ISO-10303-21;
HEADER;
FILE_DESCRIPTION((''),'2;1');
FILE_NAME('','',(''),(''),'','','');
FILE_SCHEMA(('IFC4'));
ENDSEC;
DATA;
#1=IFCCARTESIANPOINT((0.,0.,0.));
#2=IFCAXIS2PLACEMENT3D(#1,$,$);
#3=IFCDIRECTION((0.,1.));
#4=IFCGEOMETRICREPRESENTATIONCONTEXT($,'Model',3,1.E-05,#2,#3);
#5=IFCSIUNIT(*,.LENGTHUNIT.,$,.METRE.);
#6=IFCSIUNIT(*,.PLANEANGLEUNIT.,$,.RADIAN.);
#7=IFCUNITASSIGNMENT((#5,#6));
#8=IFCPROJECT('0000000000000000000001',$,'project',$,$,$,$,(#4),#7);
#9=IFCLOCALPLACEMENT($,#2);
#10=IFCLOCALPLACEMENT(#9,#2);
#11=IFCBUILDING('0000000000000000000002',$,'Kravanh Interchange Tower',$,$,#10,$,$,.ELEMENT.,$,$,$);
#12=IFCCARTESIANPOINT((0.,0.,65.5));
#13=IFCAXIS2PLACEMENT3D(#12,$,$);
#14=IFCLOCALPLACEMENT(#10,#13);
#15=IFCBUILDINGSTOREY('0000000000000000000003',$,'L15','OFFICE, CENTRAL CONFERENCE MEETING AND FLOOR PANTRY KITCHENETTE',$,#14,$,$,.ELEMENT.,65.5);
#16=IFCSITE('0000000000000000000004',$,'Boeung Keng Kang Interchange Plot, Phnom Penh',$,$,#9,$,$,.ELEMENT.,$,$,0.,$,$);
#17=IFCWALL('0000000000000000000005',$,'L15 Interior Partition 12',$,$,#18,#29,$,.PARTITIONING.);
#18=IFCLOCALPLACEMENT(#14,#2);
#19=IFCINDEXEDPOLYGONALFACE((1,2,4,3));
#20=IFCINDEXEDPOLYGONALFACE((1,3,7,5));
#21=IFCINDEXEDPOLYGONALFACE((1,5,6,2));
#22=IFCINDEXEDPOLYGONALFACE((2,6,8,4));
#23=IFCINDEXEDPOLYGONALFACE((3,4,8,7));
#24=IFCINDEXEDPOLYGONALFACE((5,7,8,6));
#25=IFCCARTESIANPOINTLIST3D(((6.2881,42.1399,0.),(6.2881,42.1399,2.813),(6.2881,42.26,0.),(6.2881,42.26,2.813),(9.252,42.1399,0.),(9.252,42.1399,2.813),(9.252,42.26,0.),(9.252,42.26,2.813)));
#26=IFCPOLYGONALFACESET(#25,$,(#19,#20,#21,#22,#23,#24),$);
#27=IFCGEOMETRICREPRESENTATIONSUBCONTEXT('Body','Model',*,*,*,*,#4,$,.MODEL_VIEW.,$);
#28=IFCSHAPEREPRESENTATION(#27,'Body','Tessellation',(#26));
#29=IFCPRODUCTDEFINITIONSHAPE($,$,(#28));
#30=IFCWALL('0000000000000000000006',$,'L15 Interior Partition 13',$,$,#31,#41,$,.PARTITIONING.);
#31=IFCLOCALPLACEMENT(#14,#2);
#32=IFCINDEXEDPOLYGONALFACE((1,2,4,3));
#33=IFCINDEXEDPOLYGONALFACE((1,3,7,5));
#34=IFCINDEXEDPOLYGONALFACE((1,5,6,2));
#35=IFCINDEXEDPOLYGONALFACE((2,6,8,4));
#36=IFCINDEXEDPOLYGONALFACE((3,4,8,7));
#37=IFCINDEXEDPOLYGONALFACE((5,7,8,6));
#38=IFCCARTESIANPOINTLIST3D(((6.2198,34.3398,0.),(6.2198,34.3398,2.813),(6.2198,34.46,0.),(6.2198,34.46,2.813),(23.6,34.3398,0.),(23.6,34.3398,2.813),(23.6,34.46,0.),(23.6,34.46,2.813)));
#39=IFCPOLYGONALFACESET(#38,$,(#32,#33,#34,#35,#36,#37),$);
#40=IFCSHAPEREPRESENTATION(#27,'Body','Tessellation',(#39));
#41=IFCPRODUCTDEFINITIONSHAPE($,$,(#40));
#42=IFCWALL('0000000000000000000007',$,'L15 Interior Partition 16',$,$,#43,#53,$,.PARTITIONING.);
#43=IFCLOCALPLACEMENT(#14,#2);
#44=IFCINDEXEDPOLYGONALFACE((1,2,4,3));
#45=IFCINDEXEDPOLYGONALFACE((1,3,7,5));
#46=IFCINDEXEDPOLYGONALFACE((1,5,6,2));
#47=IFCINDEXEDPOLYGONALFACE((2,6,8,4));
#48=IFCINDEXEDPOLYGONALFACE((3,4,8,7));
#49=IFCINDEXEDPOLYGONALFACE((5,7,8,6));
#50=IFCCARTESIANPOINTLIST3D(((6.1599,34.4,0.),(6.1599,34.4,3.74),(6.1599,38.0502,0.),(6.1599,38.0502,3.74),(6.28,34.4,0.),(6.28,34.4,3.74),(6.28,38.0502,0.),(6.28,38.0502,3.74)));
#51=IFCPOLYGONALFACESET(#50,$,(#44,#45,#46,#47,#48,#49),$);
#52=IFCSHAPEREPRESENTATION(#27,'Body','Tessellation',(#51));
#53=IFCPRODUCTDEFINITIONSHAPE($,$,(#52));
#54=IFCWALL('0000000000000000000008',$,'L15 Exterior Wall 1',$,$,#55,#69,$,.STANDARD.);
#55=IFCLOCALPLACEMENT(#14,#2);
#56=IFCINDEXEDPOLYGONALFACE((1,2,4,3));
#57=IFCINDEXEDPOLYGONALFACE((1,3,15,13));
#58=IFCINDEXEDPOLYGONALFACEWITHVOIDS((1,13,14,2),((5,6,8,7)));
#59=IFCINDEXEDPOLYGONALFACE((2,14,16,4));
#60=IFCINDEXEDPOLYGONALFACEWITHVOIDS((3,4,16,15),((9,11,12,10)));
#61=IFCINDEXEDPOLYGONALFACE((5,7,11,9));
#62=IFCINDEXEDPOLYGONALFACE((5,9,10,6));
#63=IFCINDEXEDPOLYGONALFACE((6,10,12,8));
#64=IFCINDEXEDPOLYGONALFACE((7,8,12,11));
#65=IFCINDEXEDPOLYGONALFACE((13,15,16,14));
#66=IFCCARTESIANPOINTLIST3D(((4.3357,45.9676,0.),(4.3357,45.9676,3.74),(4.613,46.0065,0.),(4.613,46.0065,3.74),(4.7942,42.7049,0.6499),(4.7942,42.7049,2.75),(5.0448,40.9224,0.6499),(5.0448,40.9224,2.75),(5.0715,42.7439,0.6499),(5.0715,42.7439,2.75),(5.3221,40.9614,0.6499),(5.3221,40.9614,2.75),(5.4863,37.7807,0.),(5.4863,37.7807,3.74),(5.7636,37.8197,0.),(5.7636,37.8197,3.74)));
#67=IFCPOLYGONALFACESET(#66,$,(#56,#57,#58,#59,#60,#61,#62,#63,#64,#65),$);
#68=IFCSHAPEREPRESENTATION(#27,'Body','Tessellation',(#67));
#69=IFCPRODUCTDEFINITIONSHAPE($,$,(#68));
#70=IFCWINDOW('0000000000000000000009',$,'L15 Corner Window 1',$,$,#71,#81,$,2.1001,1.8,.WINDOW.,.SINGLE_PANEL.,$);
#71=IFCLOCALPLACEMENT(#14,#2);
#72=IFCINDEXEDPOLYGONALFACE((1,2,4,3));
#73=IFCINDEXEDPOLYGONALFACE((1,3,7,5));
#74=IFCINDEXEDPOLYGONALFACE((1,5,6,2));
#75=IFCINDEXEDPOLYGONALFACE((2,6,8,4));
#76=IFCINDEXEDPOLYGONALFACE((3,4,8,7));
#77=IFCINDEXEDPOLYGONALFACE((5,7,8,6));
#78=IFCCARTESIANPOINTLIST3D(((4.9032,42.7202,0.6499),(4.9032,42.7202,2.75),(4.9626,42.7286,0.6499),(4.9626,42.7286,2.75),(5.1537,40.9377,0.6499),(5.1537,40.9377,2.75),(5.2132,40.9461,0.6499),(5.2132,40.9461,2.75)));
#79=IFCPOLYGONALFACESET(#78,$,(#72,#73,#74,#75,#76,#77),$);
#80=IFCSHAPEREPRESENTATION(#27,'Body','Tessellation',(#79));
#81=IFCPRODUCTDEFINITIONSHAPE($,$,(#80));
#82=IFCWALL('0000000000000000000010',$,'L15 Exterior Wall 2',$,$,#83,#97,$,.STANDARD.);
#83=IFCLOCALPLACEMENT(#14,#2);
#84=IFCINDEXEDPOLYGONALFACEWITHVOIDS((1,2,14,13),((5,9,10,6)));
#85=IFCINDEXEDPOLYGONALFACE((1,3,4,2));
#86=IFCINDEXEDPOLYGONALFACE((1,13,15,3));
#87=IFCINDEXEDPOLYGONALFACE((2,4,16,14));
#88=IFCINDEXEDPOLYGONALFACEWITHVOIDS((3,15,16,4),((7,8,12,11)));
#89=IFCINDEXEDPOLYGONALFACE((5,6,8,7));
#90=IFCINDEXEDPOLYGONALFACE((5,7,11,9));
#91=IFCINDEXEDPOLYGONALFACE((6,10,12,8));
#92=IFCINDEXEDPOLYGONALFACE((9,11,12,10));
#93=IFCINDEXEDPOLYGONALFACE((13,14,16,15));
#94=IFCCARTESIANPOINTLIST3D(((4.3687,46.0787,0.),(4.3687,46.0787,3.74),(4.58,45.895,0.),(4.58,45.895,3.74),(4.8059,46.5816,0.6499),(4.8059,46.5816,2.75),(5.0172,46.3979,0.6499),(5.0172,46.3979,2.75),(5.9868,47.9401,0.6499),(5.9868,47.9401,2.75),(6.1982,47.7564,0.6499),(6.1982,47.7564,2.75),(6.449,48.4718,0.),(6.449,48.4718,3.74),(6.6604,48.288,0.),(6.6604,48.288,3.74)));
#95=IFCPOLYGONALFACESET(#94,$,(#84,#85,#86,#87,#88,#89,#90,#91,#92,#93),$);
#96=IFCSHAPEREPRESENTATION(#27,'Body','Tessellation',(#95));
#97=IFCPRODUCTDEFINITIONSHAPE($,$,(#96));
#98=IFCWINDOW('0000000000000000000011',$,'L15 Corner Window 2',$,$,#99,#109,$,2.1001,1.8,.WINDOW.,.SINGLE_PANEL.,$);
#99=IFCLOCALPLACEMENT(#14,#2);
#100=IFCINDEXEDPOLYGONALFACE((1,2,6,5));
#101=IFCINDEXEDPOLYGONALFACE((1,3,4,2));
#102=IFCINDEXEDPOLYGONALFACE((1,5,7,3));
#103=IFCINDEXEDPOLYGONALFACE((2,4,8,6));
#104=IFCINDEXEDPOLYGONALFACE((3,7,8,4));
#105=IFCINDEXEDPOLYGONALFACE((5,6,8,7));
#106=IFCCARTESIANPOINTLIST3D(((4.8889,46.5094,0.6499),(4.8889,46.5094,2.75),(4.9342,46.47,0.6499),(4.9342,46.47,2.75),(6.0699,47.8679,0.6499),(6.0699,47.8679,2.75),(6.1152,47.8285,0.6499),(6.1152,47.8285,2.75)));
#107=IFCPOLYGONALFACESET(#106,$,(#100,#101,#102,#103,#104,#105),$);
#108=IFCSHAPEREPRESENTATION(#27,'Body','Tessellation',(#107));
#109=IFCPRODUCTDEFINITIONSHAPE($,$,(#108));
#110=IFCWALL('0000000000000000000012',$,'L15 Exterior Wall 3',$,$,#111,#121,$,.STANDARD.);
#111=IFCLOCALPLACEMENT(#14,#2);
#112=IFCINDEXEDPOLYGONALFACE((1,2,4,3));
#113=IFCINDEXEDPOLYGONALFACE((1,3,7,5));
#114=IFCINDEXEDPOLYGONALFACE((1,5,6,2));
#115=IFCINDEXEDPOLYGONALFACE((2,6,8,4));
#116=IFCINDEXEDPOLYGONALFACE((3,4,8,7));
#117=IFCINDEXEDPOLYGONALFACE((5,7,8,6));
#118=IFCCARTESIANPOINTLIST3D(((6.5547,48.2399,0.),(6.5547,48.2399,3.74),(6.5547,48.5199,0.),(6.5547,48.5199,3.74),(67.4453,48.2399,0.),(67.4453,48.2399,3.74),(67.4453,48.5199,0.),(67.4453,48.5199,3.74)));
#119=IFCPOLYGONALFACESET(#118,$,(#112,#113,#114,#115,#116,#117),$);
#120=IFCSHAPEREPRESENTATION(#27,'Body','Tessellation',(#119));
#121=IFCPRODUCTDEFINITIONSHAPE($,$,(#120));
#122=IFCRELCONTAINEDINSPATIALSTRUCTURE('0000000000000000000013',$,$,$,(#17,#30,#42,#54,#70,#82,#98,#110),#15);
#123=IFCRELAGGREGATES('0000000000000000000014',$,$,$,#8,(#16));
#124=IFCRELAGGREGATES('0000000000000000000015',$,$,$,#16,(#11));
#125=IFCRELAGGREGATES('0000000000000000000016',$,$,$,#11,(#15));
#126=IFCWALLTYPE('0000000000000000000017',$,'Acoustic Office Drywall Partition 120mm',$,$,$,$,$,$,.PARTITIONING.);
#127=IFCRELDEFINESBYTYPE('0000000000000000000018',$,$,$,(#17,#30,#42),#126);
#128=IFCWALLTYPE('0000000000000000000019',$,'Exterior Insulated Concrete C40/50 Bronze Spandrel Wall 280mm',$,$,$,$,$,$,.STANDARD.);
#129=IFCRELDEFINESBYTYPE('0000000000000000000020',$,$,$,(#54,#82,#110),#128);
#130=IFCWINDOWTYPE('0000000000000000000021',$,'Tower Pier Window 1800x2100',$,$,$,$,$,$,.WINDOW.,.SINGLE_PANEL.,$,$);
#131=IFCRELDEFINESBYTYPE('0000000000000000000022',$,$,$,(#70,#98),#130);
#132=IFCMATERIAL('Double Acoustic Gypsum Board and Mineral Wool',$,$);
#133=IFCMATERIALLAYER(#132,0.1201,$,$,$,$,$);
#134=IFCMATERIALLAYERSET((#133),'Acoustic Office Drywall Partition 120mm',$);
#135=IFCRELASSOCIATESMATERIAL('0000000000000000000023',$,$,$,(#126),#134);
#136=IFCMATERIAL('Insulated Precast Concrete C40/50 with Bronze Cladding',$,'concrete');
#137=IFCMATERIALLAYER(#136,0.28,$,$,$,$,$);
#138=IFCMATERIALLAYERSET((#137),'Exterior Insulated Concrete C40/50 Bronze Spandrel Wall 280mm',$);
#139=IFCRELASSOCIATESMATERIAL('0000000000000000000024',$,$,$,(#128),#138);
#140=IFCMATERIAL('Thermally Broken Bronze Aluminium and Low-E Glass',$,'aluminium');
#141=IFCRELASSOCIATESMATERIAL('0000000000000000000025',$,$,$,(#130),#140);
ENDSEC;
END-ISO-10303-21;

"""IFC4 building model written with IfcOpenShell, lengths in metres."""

from ifc_helpers import new_model, si_unit, direction, frame, frame_2d, origin, place, context, subcontext, project, spatial, rectangle, extrude, material, layer, layer_set, type_object, element, fill, save


model = new_model("IFC4")

# Units and contexts
model_context = context("Model", 3, precision=1e-05, world=origin(), true_north=direction((0.0, 1.0)))
body_context = subcontext(model_context, "Body", "Model", "MODEL_VIEW")
ifc_project = project(units=[si_unit("LENGTHUNIT", "METRE"), si_unit("PLANEANGLEUNIT", "RADIAN")], contexts=[model_context])

# Site, building, storey
site_placement = place(None, origin())
site = spatial("IfcSite", under=ifc_project, at=site_placement, Name="Boeung Keng Kang Interchange Plot, Phnom Penh", CompositionType="ELEMENT", RefElevation=0.0)
building_placement = place(site_placement, origin())
building = spatial("IfcBuilding", under=site, at=building_placement, Name="Kravanh Interchange Tower", CompositionType="ELEMENT")
storey_placement = place(building_placement, frame((0.0, 0.0, 65.5)))
storey = spatial("IfcBuildingStorey", under=building, at=storey_placement, Name="L15", Description="OFFICE, CENTRAL CONFERENCE MEETING AND FLOOR PANTRY KITCHENETTE", CompositionType="ELEMENT", Elevation=65.5)

# Shared definitions
ifc_material_1 = material(Name="Double Acoustic Gypsum Board and Mineral Wool")
ifc_layer_1 = layer(ifc_material_1, 0.1201)
ifc_layer_set_1 = layer_set([ifc_layer_1], Name="Acoustic Office Drywall Partition 120mm")
wall_type_1 = type_object("IfcWallType", Name="Acoustic Office Drywall Partition 120mm", PredefinedType="PARTITIONING", material=ifc_layer_set_1)

# Walls
wall_1_placement = place(storey_placement, frame((6.2881, 42.2, 0.0), z_axis=(0.0, 0.0, 1.0), x_axis=(1.0, 0.0, 0.0)))
element("IfcWall", 1, at=wall_1_placement, inside=storey, type_object=wall_type_1, Name="L15 Interior Partition 12", PredefinedType="PARTITIONING", context=body_context, shape_type="SweptSolid", body=[
    extrude(rectangle(XDim=2.9639, YDim=0.1201, at=frame_2d((1.4819, 0.0))), origin(), (0.0, 0.0, 1.0), 2.813),
])
wall_2_placement = place(storey_placement, frame((6.22, 34.3999, 0.0), z_axis=(0.0, 0.0, 1.0), x_axis=(1.0, 0.0, 0.0)))
element("IfcWall", 2, at=wall_2_placement, inside=storey, type_object=wall_type_1, Name="L15 Interior Partition 13", PredefinedType="PARTITIONING", context=body_context, shape_type="SweptSolid", body=[
    extrude(rectangle(XDim=17.3801, YDim=0.1201, at=frame_2d((8.6899, 0.0))), origin(), (0.0, 0.0, 1.0), 2.813),
])
wall_3_placement = place(storey_placement, frame((6.22, 34.3999, 0.0), z_axis=(0.0, 0.0, 1.0), x_axis=(0.0, 1.0, 0.0)))
element("IfcWall", 3, at=wall_3_placement, inside=storey, type_object=wall_type_1, Name="L15 Interior Partition 16", PredefinedType="PARTITIONING", context=body_context, shape_type="SweptSolid", body=[
    extrude(rectangle(XDim=3.6501, YDim=0.1201, at=frame_2d((1.8252, 0.0))), origin(), (0.0, 0.0, 1.0), 3.74),
])

# Walls, openings, windows
ifc_material_2 = material(Name="Insulated Precast Concrete C40/50 with Bronze Cladding", Category="concrete")
ifc_layer_2 = layer(ifc_material_2, 0.28)
ifc_layer_set_2 = layer_set([ifc_layer_2], Name="Exterior Insulated Concrete C40/50 Bronze Spandrel Wall 280mm")
wall_type_2 = type_object("IfcWallType", Name="Exterior Insulated Concrete C40/50 Bronze Spandrel Wall 280mm", PredefinedType="STANDARD", material=ifc_layer_set_2)
wall_4_placement = place(storey_placement, frame((5.625, 37.8, 0.0), z_axis=(0.0, 0.0, 1.0), x_axis=(-0.13918, 0.990267, 0.0)))
wall_4 = element("IfcWall", 4, at=wall_4_placement, inside=storey, type_object=wall_type_2, Name="L15 Exterior Wall 1", PredefinedType="STANDARD", context=body_context, shape_type="SweptSolid", body=[
    extrude(rectangle(XDim=8.2673, YDim=0.28, at=frame_2d((4.1338, 0.0))), origin(), (0.0, 0.0, 1.0), 3.74),
])
opening_1_placement = place(wall_4_placement, frame((3.1729, 0.0, 0.6499)))
opening_1 = element("IfcOpeningElement", 5, at=opening_1_placement, cuts=wall_4, PredefinedType="OPENING", context=body_context, shape_type="SweptSolid", body=[
    extrude(rectangle(XDim=1.8, YDim=2.1001, at=frame_2d((0.8999, 1.05))), frame((0.0, 0.1499, 0.0), z_axis=(0.0, -1.0, 0.0), x_axis=(1.0, 0.0, 0.0)), (0.0, 0.0, 1.0), 0.3),
])
ifc_material_3 = material(Name="Thermally Broken Bronze Aluminium and Low-E Glass", Category="aluminium")
window_type = type_object("IfcWindowType", Name="Tower Pier Window 1800x2100", PartitioningType="SINGLE_PANEL", PredefinedType="WINDOW", material=ifc_material_3)
window_1_placement = place(opening_1_placement, origin())
window_1 = element("IfcWindow", 6, at=window_1_placement, inside=storey, type_object=window_type, Name="L15 Corner Window 1", OverallHeight=2.1001, OverallWidth=1.8, PartitioningType="SINGLE_PANEL", PredefinedType="WINDOW", context=body_context, shape_type="SweptSolid", body=[
    extrude(rectangle(XDim=1.8, YDim=2.1001, at=frame_2d((0.8999, 1.05))), frame((0.0, 0.03, 0.0), z_axis=(0.0, -1.0, 0.0), x_axis=(1.0, 0.0, 0.0)), (0.0, 0.0, 1.0), 0.0601),
])
fill(opening_1, window_1)
wall_5_placement = place(storey_placement, frame((4.4744, 45.9868, 0.0), z_axis=(0.0, 0.0, 1.0), x_axis=(0.65607, 0.7547, 0.0)))
wall_5 = element("IfcWall", 7, at=wall_5_placement, inside=storey, type_object=wall_type_2, Name="L15 Exterior Wall 2", PredefinedType="STANDARD", context=body_context, shape_type="SweptSolid", body=[
    extrude(rectangle(XDim=3.1709, YDim=0.28, at=frame_2d((1.5854, 0.0))), origin(), (0.0, 0.0, 1.0), 3.74),
])
opening_2_placement = place(wall_5_placement, frame((0.6665, 0.0, 0.6499)))
opening_2 = element("IfcOpeningElement", 8, at=opening_2_placement, cuts=wall_5, PredefinedType="OPENING", context=body_context, shape_type="SweptSolid", body=[
    extrude(rectangle(XDim=1.8, YDim=2.1001, at=frame_2d((0.8999, 1.05))), frame((0.0, 0.1499, 0.0), z_axis=(0.0, -1.0, 0.0), x_axis=(1.0, 0.0, 0.0)), (0.0, 0.0, 1.0), 0.3),
])
window_2_placement = place(opening_2_placement, origin())
window_2 = element("IfcWindow", 9, at=window_2_placement, inside=storey, type_object=window_type, Name="L15 Corner Window 2", OverallHeight=2.1001, OverallWidth=1.8, PartitioningType="SINGLE_PANEL", PredefinedType="WINDOW", context=body_context, shape_type="SweptSolid", body=[
    extrude(rectangle(XDim=1.8, YDim=2.1001, at=frame_2d((0.8999, 1.05))), frame((0.0, 0.03, 0.0), z_axis=(0.0, -1.0, 0.0), x_axis=(1.0, 0.0, 0.0)), (0.0, 0.0, 1.0), 0.0601),
])
fill(opening_2, window_2)

# Wall
wall_6_placement = place(storey_placement, frame((6.5547, 48.3799, 0.0), z_axis=(0.0, 0.0, 1.0), x_axis=(1.0, 0.0, 0.0)))
element("IfcWall", 10, at=wall_6_placement, inside=storey, type_object=wall_type_2, Name="L15 Exterior Wall 3", PredefinedType="STANDARD", context=body_context, shape_type="SweptSolid", body=[
    extrude(rectangle(XDim=60.8906, YDim=0.28, at=frame_2d((30.4453, 0.0))), origin(), (0.0, 0.0, 1.0), 3.74),
])

save(model, "model.ifc")
